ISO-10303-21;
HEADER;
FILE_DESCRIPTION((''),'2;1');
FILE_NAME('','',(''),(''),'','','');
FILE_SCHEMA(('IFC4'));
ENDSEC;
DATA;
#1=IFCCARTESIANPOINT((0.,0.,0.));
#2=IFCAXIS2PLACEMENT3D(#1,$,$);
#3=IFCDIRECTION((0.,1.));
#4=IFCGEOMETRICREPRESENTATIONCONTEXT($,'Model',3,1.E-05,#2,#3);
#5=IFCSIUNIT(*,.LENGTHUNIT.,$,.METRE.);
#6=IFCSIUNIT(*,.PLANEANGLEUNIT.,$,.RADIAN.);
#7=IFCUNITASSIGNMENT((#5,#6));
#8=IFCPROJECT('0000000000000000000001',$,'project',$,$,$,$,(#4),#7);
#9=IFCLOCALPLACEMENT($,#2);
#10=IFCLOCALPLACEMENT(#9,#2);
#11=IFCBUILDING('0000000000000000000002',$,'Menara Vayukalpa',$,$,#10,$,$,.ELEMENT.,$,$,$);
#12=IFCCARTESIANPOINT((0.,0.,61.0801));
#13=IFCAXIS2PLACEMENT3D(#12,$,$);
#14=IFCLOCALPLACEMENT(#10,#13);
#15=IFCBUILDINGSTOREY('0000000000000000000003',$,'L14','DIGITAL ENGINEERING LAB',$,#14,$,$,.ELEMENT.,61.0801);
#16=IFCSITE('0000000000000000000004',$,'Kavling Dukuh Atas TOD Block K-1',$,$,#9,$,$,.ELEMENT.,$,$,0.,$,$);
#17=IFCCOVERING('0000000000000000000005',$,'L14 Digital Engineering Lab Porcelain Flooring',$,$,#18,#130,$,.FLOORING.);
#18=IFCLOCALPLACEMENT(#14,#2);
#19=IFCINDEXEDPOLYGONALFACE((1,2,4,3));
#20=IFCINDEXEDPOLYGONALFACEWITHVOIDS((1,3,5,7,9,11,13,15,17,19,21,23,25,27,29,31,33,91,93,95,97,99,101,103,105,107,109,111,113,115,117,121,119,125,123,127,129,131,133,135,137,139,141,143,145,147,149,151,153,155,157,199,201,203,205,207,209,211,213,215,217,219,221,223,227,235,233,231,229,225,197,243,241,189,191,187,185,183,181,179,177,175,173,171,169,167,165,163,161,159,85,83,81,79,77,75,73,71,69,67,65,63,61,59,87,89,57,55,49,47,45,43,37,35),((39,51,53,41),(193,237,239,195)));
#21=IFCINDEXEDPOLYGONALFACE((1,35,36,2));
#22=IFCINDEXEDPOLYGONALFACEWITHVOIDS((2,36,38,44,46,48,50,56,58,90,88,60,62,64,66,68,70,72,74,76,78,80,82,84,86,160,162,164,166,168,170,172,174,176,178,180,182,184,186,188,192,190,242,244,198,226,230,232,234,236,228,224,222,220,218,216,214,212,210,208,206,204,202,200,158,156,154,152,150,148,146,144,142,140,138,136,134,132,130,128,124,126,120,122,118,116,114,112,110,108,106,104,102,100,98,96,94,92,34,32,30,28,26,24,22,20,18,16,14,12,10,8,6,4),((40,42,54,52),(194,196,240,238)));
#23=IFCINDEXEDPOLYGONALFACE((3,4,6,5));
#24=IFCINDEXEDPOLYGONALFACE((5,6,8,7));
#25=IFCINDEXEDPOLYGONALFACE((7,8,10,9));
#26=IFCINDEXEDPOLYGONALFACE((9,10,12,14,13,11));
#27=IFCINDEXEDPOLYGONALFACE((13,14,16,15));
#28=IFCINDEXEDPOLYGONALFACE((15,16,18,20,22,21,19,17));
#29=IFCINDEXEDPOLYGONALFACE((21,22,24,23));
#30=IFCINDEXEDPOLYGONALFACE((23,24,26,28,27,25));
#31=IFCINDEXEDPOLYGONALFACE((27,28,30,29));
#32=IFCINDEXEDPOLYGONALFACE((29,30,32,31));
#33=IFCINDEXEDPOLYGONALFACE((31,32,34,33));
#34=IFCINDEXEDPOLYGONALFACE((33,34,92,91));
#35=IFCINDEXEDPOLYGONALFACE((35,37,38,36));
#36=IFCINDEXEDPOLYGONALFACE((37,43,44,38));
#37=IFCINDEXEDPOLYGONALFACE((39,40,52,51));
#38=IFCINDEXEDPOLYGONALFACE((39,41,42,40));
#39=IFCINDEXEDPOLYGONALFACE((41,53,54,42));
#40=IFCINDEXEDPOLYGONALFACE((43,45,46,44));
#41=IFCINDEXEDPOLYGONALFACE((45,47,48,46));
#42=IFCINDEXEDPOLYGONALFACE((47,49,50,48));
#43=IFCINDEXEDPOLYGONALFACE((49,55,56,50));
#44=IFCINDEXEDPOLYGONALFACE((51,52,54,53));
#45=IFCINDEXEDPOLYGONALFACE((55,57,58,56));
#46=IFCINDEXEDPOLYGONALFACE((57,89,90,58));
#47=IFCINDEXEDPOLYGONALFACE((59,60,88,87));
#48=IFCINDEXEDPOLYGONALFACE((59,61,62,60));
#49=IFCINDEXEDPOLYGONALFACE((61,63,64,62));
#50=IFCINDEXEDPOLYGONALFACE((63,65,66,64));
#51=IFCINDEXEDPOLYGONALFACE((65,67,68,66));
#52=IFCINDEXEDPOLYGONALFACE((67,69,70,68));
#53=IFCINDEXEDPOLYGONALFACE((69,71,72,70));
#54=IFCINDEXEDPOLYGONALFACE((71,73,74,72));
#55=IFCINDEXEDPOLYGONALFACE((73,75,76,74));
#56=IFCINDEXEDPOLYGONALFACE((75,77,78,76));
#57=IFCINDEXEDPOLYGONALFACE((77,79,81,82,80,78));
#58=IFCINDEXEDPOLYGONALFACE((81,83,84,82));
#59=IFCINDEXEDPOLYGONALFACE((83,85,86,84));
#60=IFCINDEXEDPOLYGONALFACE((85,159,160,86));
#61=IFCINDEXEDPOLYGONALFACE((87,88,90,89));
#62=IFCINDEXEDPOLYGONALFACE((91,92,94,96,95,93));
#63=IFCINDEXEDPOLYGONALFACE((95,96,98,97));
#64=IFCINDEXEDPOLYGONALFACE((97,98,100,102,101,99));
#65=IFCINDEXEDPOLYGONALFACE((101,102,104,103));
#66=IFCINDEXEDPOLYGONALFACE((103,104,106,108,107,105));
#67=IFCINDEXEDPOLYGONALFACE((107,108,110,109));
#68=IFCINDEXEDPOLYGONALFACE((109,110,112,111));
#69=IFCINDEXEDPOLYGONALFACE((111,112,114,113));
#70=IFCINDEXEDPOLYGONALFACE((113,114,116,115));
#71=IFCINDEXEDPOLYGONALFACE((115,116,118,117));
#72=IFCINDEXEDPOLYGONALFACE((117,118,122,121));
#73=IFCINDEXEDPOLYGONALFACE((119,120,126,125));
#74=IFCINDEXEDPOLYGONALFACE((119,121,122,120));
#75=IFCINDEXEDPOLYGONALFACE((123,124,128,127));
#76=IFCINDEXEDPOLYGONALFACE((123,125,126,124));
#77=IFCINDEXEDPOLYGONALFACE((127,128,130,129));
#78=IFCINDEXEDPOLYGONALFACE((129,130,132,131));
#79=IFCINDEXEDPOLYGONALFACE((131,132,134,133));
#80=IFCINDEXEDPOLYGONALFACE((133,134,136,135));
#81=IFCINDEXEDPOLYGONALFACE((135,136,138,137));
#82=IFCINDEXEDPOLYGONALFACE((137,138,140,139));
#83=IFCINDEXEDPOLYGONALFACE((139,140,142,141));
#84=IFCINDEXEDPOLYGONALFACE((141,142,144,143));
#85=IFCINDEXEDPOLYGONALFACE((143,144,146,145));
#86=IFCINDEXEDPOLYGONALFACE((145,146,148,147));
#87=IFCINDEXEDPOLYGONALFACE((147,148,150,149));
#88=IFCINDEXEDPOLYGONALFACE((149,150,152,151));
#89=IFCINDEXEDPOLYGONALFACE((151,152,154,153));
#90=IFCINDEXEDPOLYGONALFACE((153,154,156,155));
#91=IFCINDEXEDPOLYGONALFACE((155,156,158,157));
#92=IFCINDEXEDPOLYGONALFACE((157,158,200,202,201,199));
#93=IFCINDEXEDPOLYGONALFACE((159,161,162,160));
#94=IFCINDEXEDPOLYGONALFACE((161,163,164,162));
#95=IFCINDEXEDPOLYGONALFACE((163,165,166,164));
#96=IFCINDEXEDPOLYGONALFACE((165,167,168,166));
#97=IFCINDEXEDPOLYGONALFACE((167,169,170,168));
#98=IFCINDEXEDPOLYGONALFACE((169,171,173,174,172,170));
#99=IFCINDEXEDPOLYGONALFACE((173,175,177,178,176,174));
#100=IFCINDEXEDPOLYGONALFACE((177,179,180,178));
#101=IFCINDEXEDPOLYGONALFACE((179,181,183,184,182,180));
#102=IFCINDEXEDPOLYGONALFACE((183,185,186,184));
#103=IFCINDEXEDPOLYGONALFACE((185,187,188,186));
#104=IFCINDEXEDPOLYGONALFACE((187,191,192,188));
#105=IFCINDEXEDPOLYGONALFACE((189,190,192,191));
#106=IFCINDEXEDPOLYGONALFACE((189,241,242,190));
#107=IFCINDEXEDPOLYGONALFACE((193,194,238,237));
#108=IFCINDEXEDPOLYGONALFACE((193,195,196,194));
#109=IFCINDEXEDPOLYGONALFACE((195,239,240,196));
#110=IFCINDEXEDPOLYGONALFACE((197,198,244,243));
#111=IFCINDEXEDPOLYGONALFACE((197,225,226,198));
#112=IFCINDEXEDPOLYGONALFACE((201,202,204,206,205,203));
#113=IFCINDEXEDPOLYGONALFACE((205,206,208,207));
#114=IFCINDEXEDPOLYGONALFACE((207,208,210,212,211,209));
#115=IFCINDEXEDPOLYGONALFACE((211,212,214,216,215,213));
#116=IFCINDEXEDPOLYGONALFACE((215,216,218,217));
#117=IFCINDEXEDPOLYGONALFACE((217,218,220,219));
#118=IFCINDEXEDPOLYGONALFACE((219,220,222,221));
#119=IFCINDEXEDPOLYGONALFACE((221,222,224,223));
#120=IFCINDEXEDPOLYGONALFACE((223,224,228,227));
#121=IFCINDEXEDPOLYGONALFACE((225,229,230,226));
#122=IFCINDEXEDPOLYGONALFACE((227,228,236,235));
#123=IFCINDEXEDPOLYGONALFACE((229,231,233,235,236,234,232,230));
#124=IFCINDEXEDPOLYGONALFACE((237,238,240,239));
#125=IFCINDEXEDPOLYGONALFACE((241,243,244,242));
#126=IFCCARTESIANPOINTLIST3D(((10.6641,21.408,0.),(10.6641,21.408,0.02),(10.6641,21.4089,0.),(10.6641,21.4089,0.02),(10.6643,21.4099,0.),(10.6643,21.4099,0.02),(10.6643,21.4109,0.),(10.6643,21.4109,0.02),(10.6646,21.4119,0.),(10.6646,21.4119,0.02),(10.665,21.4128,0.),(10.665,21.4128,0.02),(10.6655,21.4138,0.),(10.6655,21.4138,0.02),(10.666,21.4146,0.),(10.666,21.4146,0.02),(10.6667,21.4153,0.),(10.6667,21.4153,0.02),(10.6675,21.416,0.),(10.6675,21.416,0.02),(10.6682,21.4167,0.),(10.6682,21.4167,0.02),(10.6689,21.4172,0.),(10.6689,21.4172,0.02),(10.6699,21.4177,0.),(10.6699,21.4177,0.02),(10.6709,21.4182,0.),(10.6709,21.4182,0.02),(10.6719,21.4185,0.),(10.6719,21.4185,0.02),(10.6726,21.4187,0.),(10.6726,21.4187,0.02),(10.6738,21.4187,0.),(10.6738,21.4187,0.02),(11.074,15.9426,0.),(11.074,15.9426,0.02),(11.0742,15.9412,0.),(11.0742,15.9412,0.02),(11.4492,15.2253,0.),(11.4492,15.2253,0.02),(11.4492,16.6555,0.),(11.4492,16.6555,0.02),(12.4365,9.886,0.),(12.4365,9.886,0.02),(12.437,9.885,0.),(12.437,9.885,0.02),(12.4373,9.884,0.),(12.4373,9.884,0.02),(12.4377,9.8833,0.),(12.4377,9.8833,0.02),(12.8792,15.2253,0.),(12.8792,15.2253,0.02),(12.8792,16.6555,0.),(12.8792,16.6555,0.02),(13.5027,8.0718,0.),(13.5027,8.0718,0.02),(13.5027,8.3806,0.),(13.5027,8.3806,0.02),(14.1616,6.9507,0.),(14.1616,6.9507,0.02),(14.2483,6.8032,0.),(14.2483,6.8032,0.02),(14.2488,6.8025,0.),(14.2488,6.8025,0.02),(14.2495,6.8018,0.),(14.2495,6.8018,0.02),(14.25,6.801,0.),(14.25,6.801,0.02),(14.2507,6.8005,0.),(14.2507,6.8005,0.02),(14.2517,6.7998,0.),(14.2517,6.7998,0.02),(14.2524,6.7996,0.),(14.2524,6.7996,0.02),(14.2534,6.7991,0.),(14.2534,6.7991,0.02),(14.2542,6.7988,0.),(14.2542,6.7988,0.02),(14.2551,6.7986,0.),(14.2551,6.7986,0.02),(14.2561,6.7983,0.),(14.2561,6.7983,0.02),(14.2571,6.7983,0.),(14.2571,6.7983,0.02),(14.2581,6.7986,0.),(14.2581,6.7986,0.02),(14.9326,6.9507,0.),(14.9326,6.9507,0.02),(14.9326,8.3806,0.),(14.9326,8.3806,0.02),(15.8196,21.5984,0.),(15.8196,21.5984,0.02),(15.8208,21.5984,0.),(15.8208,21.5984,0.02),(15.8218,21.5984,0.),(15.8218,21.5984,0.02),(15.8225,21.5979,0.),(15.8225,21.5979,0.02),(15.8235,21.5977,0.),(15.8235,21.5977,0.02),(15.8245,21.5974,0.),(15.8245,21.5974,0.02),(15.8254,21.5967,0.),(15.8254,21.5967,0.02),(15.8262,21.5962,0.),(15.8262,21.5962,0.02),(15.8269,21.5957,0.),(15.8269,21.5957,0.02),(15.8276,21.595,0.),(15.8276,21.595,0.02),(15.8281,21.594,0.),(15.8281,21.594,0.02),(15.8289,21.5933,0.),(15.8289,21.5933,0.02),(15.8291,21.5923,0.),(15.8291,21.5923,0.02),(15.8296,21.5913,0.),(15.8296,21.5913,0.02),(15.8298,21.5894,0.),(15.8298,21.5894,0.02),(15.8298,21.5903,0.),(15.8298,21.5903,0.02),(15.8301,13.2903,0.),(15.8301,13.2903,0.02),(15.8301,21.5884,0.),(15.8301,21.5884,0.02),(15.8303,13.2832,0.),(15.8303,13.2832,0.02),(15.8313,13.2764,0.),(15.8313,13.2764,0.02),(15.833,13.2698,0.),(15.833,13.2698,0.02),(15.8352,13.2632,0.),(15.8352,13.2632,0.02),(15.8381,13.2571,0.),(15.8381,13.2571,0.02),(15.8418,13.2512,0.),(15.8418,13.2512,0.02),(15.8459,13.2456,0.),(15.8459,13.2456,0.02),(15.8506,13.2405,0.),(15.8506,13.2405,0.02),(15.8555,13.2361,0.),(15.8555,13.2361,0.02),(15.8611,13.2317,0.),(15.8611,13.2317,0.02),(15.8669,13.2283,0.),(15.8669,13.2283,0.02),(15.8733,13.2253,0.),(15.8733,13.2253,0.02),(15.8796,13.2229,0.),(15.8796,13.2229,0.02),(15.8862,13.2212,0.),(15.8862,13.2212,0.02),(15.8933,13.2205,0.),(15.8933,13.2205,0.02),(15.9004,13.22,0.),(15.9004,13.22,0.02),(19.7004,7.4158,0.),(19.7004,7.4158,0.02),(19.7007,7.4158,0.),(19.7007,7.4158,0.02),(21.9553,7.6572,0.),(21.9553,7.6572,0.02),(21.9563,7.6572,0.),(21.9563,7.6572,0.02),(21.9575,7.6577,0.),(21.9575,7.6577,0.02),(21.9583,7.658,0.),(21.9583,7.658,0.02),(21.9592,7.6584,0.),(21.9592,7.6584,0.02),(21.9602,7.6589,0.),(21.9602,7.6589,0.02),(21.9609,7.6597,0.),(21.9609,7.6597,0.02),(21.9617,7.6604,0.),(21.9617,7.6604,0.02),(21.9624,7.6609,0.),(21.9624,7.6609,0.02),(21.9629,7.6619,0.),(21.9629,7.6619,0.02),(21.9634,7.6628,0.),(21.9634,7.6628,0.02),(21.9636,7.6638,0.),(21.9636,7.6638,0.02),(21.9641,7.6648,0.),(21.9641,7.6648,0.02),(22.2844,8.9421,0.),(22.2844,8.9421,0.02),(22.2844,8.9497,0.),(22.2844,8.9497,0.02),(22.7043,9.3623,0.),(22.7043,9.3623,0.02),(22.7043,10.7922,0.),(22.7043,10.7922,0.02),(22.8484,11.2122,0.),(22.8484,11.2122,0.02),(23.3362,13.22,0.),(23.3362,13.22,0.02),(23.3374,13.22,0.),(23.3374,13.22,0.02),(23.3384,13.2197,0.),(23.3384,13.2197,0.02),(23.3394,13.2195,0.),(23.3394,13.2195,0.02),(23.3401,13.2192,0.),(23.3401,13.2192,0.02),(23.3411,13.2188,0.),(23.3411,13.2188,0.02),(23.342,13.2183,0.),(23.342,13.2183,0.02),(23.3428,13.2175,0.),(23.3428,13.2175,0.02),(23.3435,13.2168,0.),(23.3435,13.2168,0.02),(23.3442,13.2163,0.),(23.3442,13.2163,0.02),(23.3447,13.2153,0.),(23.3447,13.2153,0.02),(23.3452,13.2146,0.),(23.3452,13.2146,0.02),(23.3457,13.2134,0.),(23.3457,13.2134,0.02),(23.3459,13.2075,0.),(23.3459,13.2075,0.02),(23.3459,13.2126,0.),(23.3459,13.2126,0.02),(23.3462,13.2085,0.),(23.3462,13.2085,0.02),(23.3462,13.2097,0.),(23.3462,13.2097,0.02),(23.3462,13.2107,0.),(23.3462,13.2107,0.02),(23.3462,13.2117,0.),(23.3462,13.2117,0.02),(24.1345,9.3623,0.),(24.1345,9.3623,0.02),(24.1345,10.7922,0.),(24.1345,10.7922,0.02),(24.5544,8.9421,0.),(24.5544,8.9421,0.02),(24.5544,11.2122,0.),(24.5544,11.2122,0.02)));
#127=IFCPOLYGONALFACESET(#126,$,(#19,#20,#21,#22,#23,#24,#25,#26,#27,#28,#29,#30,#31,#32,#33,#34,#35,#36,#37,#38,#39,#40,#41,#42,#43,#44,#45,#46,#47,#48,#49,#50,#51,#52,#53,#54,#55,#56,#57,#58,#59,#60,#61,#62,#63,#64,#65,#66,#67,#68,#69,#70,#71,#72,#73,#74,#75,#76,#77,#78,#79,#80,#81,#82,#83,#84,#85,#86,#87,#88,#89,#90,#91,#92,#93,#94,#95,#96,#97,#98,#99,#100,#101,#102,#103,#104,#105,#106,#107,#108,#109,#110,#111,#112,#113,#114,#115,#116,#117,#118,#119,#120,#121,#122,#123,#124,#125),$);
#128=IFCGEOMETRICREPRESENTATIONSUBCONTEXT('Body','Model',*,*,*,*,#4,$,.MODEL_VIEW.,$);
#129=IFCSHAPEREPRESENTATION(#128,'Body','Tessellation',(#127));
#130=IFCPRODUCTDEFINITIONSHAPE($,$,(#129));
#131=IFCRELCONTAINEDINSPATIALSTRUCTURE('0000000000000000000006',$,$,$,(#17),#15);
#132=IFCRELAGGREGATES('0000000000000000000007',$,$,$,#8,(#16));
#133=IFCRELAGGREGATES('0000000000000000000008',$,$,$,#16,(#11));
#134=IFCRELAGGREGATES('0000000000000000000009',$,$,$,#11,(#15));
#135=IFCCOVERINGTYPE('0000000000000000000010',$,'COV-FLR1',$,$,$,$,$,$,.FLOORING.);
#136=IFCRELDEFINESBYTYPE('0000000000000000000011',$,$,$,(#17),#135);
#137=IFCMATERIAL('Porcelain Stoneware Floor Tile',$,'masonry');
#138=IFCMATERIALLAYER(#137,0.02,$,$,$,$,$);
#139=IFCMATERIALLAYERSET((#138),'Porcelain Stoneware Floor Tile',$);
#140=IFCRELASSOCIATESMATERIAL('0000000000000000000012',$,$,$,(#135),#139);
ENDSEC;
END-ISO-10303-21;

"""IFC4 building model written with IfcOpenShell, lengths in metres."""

from ifc_helpers import new_model, si_unit, direction, frame, origin, place, context, subcontext, project, spatial, polyline, outline, extrude, material, layer, layer_set, type_object, element, save


model = new_model("IFC4")

# Units and contexts
model_context = context("Model", 3, precision=1e-05, world=origin(), true_north=direction((0.0, 1.0)))
body_context = subcontext(model_context, "Body", "Model", "MODEL_VIEW")
ifc_project = project(units=[si_unit("LENGTHUNIT", "METRE"), si_unit("PLANEANGLEUNIT", "RADIAN")], contexts=[model_context])

# Site, building, storey
site_placement = place(None, origin())
site = spatial("IfcSite", under=ifc_project, at=site_placement, Name="Kavling Dukuh Atas TOD Block K-1", CompositionType="ELEMENT", RefElevation=0.0)
building_placement = place(site_placement, origin())
building = spatial("IfcBuilding", under=site, at=building_placement, Name="Menara Vayukalpa", CompositionType="ELEMENT")
storey_placement = place(building_placement, frame((0.0, 0.0, 61.0801)))
storey = spatial("IfcBuildingStorey", under=building, at=storey_placement, Name="L14", Description="DIGITAL ENGINEERING LAB", CompositionType="ELEMENT", Elevation=61.0801)

# Covering
ifc_material_1 = material(Name="Porcelain Stoneware Floor Tile", Category="masonry")
ifc_layer_1 = layer(ifc_material_1, 0.02)
ifc_layer_set_1 = layer_set([ifc_layer_1], Name="Porcelain Stoneware Floor Tile")
covering_type_1 = type_object("IfcCoveringType", Name="COV-FLR1", PredefinedType="FLOORING", material=ifc_layer_set_1)
covering_1_placement = place(storey_placement, origin())
element("IfcCovering", 1, at=covering_1_placement, inside=storey, type_object=covering_type_1, Name="L14 Digital Engineering Lab Porcelain Flooring", PredefinedType="FLOORING", context=body_context, shape_type="SweptSolid", body=[
    extrude(outline(polyline([(24.5544, 8.9421), (22.2844, 8.9421), (22.2844, 8.9497), (21.9641, 7.6648), (21.9636, 7.6638), (21.9634, 7.6628), (21.9629, 7.6619), (21.9624, 7.6609), (21.9617, 7.6604), (21.9609, 7.6597), (21.9602, 7.6589), (21.9592, 7.6584), (21.9583, 7.658), (21.9575, 7.6577), (21.9563, 7.6572), (21.9553, 7.6572), (19.7007, 7.4158), (19.7004, 7.4158), (14.2581, 6.7986), (14.2571, 6.7983), (14.2561, 6.7983), (14.2551, 6.7986), (14.2542, 6.7988), (14.2534, 6.7991), (14.2524, 6.7996), (14.2517, 6.7998), (14.2507, 6.8005), (14.25, 6.801), (14.2495, 6.8018), (14.2488, 6.8025), (14.2483, 6.8032), (14.1616, 6.9507), (14.9326, 6.9507), (14.9326, 8.3806), (13.5027, 8.3806), (13.5027, 8.0718), (12.4377, 9.8833), (12.4373, 9.884), (12.437, 9.885), (12.4365, 9.886), (11.0742, 15.9412), (11.074, 15.9426), (10.6641, 21.408), (10.6641, 21.4089), (10.6643, 21.4099), (10.6643, 21.4109), (10.6646, 21.4119), (10.665, 21.4128), (10.6655, 21.4138), (10.666, 21.4146), (10.6667, 21.4153), (10.6675, 21.416), (10.6682, 21.4167), (10.6689, 21.4172), (10.6699, 21.4177), (10.6709, 21.4182), (10.6719, 21.4185), (10.6726, 21.4187), (10.6738, 21.4187), (15.8196, 21.5984), (15.8208, 21.5984), (15.8218, 21.5984), (15.8225, 21.5979), (15.8235, 21.5977), (15.8245, 21.5974), (15.8254, 21.5967), (15.8262, 21.5962), (15.8269, 21.5957), (15.8276, 21.595), (15.8281, 21.594), (15.8289, 21.5933), (15.8291, 21.5923), (15.8296, 21.5913), (15.8298, 21.5903), (15.8298, 21.5894), (15.8301, 21.5884), (15.8301, 13.2903), (15.8303, 13.2832), (15.8313, 13.2764), (15.833, 13.2698), (15.8352, 13.2632), (15.8381, 13.2571), (15.8418, 13.2512), (15.8459, 13.2456), (15.8506, 13.2405), (15.8555, 13.2361), (15.8611, 13.2317), (15.8669, 13.2283), (15.8733, 13.2253), (15.8796, 13.2229), (15.8862, 13.2212), (15.8933, 13.2205), (15.9004, 13.22), (23.3362, 13.22), (23.3374, 13.22), (23.3384, 13.2197), (23.3394, 13.2195), (23.3401, 13.2192), (23.3411, 13.2188), (23.342, 13.2183), (23.3428, 13.2175), (23.3435, 13.2168), (23.3442, 13.2163), (23.3447, 13.2153), (23.3452, 13.2146), (23.3457, 13.2134), (23.3459, 13.2126), (23.3462, 13.2117), (23.3462, 13.2107), (23.3462, 13.2097), (23.3462, 13.2085), (23.3459, 13.2075), (22.8484, 11.2122), (24.5544, 11.2122), (24.5544, 8.9421)]), holes=[polyline([(12.8792, 16.6555), (11.4492, 16.6555), (11.4492, 15.2253), (12.8792, 15.2253), (12.8792, 16.6555)]), polyline([(24.1345, 10.7922), (22.7043, 10.7922), (22.7043, 9.3623), (24.1345, 9.3623), (24.1345, 10.7922)])]), origin(), (0.0, 0.0, 1.0), 0.02),
])

save(model, "model.ifc")
